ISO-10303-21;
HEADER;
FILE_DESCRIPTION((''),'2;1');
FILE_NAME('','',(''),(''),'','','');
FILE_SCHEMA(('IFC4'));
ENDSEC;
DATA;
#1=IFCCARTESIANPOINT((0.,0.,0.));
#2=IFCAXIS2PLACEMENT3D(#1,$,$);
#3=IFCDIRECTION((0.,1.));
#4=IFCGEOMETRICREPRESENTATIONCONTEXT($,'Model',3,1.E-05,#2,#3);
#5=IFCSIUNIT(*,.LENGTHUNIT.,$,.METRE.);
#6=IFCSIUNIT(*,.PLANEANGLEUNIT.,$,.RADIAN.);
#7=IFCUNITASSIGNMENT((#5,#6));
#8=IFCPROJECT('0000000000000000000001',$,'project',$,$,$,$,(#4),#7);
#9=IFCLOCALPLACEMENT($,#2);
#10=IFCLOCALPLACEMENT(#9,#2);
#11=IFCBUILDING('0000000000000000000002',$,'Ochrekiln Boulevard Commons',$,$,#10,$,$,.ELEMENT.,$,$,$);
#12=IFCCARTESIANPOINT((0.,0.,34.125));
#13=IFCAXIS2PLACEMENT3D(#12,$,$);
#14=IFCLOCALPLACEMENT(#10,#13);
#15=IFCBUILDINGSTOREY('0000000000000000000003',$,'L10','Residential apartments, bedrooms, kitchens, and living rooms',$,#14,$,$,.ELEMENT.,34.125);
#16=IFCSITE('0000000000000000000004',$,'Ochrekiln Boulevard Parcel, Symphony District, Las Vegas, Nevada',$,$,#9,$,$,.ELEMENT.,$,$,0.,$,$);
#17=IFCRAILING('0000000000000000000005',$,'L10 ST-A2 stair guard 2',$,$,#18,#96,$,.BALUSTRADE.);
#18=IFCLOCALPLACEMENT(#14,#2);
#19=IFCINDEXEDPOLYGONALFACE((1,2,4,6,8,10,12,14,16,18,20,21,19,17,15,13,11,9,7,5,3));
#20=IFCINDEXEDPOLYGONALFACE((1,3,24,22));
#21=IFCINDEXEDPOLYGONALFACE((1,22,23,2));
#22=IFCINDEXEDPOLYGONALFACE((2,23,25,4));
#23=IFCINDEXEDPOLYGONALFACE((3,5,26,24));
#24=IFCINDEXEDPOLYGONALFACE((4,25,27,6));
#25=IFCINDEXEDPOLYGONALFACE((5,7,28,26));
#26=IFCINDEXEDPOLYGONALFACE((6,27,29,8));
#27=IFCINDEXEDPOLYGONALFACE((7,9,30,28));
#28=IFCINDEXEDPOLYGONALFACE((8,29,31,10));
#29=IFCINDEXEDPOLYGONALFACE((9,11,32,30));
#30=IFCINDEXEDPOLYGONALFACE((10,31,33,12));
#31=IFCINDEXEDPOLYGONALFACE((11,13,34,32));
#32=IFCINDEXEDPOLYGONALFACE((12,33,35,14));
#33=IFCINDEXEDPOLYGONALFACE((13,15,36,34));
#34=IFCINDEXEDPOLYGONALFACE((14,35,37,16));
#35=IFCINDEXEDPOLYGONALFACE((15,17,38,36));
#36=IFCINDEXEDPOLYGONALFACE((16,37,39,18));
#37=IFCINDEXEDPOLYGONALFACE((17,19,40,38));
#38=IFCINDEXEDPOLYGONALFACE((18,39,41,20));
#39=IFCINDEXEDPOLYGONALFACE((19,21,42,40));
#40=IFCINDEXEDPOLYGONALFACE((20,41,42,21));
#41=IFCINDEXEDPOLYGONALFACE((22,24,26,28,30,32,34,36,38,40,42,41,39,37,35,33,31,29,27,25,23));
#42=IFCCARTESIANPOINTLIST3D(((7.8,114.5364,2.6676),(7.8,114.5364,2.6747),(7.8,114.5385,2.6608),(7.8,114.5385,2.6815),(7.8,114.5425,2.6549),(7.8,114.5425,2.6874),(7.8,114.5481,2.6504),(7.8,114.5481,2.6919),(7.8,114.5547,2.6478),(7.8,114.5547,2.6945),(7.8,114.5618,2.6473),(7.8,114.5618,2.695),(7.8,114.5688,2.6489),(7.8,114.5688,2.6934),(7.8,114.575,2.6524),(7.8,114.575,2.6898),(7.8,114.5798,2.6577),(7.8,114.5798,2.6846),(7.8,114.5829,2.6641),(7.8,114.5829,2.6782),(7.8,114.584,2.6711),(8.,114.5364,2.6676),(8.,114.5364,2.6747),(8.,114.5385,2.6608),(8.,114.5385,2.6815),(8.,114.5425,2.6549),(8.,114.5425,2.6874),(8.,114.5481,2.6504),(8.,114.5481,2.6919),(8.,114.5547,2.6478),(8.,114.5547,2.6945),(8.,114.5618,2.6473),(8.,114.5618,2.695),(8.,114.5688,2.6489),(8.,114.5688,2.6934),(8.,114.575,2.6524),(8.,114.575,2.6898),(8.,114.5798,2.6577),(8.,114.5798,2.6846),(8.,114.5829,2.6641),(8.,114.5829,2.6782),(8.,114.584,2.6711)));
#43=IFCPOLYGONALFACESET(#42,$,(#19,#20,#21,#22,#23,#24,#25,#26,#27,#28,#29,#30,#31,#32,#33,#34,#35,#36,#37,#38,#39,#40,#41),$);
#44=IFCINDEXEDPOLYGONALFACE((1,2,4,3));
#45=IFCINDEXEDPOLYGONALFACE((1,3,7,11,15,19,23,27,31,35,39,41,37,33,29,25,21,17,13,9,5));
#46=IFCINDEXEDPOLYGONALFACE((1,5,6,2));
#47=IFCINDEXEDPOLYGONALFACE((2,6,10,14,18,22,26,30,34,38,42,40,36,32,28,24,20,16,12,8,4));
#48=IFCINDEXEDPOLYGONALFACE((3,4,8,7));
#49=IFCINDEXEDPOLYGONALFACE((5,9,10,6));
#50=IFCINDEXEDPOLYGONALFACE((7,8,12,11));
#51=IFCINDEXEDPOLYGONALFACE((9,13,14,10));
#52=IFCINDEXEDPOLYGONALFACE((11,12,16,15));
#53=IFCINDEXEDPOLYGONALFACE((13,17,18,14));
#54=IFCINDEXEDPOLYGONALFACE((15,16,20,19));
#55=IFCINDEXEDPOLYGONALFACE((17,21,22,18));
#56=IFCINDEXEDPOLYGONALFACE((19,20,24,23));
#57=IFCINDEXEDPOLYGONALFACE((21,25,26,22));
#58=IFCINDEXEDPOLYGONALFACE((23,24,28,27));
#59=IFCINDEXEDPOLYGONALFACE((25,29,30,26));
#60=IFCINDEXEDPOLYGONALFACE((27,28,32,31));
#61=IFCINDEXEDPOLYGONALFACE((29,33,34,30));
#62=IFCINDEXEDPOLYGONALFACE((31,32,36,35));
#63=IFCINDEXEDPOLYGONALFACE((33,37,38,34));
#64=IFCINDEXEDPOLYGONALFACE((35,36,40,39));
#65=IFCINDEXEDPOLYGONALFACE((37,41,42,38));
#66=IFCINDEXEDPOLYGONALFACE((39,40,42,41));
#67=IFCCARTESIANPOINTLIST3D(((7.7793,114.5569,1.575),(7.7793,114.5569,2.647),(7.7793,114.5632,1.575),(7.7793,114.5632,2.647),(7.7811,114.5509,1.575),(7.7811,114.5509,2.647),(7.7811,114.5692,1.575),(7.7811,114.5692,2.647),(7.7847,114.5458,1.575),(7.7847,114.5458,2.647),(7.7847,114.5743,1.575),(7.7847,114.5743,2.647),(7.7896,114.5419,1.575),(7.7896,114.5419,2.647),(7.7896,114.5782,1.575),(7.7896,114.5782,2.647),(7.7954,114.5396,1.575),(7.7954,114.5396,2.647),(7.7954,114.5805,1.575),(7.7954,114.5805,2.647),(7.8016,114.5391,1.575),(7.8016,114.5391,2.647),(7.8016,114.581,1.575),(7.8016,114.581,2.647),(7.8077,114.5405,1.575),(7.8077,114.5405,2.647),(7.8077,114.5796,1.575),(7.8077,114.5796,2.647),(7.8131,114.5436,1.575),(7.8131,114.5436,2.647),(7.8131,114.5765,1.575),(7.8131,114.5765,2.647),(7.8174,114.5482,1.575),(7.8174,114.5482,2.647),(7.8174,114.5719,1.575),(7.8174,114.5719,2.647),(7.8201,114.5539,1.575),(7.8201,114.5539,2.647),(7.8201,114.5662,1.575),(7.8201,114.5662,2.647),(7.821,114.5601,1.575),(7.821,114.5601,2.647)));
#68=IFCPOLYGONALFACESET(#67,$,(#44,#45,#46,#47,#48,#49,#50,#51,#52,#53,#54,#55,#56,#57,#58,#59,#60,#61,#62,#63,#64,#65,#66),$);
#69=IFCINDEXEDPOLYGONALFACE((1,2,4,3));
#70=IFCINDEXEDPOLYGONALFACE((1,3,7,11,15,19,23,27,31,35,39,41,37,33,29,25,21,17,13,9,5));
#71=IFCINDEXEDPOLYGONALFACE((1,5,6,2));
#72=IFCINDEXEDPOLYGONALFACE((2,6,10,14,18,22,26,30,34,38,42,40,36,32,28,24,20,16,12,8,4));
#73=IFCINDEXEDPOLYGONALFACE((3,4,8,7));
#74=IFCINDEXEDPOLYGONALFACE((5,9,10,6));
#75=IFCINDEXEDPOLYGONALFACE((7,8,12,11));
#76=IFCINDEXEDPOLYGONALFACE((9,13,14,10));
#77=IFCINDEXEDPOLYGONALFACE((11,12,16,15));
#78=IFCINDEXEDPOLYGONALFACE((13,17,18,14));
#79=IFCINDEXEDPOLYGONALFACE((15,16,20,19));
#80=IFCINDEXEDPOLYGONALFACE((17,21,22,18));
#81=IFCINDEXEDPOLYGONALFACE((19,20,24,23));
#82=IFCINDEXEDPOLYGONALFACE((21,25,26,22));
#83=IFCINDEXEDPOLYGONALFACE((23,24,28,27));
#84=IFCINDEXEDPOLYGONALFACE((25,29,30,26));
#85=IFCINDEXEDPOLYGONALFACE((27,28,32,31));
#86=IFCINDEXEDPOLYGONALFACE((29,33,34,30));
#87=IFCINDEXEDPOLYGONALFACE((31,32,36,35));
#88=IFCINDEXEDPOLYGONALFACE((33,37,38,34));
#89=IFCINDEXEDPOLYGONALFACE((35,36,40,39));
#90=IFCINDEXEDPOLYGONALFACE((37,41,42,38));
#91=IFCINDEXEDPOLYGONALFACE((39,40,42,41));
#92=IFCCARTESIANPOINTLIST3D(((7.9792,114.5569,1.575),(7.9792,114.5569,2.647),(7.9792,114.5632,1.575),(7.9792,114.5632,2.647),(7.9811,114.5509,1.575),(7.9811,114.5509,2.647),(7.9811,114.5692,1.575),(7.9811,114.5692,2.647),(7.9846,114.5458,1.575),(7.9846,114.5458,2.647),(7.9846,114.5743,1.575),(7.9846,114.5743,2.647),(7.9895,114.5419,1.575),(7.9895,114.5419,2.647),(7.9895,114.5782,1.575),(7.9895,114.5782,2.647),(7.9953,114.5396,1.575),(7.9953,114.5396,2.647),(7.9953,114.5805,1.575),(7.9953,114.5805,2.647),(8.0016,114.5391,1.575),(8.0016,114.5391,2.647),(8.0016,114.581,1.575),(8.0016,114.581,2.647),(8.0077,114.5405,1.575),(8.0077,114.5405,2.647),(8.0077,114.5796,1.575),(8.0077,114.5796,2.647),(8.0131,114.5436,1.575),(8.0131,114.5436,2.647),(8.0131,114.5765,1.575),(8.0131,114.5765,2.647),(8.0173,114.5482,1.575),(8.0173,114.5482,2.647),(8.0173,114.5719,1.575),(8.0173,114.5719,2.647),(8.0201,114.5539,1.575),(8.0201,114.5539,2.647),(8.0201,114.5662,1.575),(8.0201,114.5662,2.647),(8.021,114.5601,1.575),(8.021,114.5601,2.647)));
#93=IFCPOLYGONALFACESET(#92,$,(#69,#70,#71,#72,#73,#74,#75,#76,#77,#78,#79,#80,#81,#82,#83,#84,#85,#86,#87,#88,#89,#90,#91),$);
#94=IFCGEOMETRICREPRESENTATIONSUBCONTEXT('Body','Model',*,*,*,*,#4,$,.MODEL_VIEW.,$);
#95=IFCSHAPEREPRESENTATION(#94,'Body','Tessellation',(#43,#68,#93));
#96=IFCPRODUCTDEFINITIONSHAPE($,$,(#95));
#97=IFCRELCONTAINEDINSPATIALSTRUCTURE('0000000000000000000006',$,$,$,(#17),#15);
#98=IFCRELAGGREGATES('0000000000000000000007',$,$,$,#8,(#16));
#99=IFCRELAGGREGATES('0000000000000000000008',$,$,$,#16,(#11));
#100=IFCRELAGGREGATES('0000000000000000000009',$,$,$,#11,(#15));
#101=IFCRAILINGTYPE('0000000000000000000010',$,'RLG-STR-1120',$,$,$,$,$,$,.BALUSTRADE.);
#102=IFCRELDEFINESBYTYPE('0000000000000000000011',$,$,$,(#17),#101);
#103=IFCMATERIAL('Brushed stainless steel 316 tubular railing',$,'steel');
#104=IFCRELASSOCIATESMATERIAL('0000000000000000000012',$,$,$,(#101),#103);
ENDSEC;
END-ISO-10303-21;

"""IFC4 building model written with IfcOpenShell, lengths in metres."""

from ifc_helpers import new_model, si_unit, direction, frame, origin, origin_2d, place, context, subcontext, project, spatial, circle, extrude, material, type_object, element, save


model = new_model("IFC4")

# Units and contexts
model_context = context("Model", 3, precision=1e-05, world=origin(), true_north=direction((0.0, 1.0)))
body_context = subcontext(model_context, "Body", "Model", "MODEL_VIEW")
ifc_project = project(units=[si_unit("LENGTHUNIT", "METRE"), si_unit("PLANEANGLEUNIT", "RADIAN")], contexts=[model_context])

# Site, building, storey
site_placement = place(None, origin())
site = spatial("IfcSite", under=ifc_project, at=site_placement, Name="Ochrekiln Boulevard Parcel, Symphony District, Las Vegas, Nevada", CompositionType="ELEMENT", RefElevation=0.0)
building_placement = place(site_placement, origin())
building = spatial("IfcBuilding", under=site, at=building_placement, Name="Ochrekiln Boulevard Commons", CompositionType="ELEMENT")
storey_placement = place(building_placement, frame((0.0, 0.0, 34.125)))
storey = spatial("IfcBuildingStorey", under=building, at=storey_placement, Name="L10", Description="Residential apartments, bedrooms, kitchens, and living rooms", CompositionType="ELEMENT", Elevation=34.125)

# Railing
ifc_material_1 = material(Name="Brushed stainless steel 316 tubular railing", Category="steel")
railing_type_1 = type_object("IfcRailingType", Name="RLG-STR-1120", PredefinedType="BALUSTRADE", material=ifc_material_1)
railing_1_placement = place(storey_placement, frame((7.8, 114.5601, 1.575)))
element("IfcRailing", 1, at=railing_1_placement, inside=storey, type_object=railing_type_1, Name="L10 ST-A2 stair guard 2", PredefinedType="BALUSTRADE", context=body_context, shape_type="SweptSolid", body=[
    extrude(circle(Radius=0.0239, at=origin_2d()), frame((0.0, 0.0, 1.0962), z_axis=(1.0, 0.0, 0.0), x_axis=(0.0, 1.0, 0.0)), (0.0, 0.0, 1.0), 0.2),
    extrude(circle(Radius=0.021, at=origin_2d()), origin(), (0.0, 0.0, 1.0), 1.072),
    extrude(circle(Radius=0.021, at=origin_2d()), frame((0.2, 0.0, 0.0)), (0.0, 0.0, 1.0), 1.072),
])

save(model, "model.ifc")
